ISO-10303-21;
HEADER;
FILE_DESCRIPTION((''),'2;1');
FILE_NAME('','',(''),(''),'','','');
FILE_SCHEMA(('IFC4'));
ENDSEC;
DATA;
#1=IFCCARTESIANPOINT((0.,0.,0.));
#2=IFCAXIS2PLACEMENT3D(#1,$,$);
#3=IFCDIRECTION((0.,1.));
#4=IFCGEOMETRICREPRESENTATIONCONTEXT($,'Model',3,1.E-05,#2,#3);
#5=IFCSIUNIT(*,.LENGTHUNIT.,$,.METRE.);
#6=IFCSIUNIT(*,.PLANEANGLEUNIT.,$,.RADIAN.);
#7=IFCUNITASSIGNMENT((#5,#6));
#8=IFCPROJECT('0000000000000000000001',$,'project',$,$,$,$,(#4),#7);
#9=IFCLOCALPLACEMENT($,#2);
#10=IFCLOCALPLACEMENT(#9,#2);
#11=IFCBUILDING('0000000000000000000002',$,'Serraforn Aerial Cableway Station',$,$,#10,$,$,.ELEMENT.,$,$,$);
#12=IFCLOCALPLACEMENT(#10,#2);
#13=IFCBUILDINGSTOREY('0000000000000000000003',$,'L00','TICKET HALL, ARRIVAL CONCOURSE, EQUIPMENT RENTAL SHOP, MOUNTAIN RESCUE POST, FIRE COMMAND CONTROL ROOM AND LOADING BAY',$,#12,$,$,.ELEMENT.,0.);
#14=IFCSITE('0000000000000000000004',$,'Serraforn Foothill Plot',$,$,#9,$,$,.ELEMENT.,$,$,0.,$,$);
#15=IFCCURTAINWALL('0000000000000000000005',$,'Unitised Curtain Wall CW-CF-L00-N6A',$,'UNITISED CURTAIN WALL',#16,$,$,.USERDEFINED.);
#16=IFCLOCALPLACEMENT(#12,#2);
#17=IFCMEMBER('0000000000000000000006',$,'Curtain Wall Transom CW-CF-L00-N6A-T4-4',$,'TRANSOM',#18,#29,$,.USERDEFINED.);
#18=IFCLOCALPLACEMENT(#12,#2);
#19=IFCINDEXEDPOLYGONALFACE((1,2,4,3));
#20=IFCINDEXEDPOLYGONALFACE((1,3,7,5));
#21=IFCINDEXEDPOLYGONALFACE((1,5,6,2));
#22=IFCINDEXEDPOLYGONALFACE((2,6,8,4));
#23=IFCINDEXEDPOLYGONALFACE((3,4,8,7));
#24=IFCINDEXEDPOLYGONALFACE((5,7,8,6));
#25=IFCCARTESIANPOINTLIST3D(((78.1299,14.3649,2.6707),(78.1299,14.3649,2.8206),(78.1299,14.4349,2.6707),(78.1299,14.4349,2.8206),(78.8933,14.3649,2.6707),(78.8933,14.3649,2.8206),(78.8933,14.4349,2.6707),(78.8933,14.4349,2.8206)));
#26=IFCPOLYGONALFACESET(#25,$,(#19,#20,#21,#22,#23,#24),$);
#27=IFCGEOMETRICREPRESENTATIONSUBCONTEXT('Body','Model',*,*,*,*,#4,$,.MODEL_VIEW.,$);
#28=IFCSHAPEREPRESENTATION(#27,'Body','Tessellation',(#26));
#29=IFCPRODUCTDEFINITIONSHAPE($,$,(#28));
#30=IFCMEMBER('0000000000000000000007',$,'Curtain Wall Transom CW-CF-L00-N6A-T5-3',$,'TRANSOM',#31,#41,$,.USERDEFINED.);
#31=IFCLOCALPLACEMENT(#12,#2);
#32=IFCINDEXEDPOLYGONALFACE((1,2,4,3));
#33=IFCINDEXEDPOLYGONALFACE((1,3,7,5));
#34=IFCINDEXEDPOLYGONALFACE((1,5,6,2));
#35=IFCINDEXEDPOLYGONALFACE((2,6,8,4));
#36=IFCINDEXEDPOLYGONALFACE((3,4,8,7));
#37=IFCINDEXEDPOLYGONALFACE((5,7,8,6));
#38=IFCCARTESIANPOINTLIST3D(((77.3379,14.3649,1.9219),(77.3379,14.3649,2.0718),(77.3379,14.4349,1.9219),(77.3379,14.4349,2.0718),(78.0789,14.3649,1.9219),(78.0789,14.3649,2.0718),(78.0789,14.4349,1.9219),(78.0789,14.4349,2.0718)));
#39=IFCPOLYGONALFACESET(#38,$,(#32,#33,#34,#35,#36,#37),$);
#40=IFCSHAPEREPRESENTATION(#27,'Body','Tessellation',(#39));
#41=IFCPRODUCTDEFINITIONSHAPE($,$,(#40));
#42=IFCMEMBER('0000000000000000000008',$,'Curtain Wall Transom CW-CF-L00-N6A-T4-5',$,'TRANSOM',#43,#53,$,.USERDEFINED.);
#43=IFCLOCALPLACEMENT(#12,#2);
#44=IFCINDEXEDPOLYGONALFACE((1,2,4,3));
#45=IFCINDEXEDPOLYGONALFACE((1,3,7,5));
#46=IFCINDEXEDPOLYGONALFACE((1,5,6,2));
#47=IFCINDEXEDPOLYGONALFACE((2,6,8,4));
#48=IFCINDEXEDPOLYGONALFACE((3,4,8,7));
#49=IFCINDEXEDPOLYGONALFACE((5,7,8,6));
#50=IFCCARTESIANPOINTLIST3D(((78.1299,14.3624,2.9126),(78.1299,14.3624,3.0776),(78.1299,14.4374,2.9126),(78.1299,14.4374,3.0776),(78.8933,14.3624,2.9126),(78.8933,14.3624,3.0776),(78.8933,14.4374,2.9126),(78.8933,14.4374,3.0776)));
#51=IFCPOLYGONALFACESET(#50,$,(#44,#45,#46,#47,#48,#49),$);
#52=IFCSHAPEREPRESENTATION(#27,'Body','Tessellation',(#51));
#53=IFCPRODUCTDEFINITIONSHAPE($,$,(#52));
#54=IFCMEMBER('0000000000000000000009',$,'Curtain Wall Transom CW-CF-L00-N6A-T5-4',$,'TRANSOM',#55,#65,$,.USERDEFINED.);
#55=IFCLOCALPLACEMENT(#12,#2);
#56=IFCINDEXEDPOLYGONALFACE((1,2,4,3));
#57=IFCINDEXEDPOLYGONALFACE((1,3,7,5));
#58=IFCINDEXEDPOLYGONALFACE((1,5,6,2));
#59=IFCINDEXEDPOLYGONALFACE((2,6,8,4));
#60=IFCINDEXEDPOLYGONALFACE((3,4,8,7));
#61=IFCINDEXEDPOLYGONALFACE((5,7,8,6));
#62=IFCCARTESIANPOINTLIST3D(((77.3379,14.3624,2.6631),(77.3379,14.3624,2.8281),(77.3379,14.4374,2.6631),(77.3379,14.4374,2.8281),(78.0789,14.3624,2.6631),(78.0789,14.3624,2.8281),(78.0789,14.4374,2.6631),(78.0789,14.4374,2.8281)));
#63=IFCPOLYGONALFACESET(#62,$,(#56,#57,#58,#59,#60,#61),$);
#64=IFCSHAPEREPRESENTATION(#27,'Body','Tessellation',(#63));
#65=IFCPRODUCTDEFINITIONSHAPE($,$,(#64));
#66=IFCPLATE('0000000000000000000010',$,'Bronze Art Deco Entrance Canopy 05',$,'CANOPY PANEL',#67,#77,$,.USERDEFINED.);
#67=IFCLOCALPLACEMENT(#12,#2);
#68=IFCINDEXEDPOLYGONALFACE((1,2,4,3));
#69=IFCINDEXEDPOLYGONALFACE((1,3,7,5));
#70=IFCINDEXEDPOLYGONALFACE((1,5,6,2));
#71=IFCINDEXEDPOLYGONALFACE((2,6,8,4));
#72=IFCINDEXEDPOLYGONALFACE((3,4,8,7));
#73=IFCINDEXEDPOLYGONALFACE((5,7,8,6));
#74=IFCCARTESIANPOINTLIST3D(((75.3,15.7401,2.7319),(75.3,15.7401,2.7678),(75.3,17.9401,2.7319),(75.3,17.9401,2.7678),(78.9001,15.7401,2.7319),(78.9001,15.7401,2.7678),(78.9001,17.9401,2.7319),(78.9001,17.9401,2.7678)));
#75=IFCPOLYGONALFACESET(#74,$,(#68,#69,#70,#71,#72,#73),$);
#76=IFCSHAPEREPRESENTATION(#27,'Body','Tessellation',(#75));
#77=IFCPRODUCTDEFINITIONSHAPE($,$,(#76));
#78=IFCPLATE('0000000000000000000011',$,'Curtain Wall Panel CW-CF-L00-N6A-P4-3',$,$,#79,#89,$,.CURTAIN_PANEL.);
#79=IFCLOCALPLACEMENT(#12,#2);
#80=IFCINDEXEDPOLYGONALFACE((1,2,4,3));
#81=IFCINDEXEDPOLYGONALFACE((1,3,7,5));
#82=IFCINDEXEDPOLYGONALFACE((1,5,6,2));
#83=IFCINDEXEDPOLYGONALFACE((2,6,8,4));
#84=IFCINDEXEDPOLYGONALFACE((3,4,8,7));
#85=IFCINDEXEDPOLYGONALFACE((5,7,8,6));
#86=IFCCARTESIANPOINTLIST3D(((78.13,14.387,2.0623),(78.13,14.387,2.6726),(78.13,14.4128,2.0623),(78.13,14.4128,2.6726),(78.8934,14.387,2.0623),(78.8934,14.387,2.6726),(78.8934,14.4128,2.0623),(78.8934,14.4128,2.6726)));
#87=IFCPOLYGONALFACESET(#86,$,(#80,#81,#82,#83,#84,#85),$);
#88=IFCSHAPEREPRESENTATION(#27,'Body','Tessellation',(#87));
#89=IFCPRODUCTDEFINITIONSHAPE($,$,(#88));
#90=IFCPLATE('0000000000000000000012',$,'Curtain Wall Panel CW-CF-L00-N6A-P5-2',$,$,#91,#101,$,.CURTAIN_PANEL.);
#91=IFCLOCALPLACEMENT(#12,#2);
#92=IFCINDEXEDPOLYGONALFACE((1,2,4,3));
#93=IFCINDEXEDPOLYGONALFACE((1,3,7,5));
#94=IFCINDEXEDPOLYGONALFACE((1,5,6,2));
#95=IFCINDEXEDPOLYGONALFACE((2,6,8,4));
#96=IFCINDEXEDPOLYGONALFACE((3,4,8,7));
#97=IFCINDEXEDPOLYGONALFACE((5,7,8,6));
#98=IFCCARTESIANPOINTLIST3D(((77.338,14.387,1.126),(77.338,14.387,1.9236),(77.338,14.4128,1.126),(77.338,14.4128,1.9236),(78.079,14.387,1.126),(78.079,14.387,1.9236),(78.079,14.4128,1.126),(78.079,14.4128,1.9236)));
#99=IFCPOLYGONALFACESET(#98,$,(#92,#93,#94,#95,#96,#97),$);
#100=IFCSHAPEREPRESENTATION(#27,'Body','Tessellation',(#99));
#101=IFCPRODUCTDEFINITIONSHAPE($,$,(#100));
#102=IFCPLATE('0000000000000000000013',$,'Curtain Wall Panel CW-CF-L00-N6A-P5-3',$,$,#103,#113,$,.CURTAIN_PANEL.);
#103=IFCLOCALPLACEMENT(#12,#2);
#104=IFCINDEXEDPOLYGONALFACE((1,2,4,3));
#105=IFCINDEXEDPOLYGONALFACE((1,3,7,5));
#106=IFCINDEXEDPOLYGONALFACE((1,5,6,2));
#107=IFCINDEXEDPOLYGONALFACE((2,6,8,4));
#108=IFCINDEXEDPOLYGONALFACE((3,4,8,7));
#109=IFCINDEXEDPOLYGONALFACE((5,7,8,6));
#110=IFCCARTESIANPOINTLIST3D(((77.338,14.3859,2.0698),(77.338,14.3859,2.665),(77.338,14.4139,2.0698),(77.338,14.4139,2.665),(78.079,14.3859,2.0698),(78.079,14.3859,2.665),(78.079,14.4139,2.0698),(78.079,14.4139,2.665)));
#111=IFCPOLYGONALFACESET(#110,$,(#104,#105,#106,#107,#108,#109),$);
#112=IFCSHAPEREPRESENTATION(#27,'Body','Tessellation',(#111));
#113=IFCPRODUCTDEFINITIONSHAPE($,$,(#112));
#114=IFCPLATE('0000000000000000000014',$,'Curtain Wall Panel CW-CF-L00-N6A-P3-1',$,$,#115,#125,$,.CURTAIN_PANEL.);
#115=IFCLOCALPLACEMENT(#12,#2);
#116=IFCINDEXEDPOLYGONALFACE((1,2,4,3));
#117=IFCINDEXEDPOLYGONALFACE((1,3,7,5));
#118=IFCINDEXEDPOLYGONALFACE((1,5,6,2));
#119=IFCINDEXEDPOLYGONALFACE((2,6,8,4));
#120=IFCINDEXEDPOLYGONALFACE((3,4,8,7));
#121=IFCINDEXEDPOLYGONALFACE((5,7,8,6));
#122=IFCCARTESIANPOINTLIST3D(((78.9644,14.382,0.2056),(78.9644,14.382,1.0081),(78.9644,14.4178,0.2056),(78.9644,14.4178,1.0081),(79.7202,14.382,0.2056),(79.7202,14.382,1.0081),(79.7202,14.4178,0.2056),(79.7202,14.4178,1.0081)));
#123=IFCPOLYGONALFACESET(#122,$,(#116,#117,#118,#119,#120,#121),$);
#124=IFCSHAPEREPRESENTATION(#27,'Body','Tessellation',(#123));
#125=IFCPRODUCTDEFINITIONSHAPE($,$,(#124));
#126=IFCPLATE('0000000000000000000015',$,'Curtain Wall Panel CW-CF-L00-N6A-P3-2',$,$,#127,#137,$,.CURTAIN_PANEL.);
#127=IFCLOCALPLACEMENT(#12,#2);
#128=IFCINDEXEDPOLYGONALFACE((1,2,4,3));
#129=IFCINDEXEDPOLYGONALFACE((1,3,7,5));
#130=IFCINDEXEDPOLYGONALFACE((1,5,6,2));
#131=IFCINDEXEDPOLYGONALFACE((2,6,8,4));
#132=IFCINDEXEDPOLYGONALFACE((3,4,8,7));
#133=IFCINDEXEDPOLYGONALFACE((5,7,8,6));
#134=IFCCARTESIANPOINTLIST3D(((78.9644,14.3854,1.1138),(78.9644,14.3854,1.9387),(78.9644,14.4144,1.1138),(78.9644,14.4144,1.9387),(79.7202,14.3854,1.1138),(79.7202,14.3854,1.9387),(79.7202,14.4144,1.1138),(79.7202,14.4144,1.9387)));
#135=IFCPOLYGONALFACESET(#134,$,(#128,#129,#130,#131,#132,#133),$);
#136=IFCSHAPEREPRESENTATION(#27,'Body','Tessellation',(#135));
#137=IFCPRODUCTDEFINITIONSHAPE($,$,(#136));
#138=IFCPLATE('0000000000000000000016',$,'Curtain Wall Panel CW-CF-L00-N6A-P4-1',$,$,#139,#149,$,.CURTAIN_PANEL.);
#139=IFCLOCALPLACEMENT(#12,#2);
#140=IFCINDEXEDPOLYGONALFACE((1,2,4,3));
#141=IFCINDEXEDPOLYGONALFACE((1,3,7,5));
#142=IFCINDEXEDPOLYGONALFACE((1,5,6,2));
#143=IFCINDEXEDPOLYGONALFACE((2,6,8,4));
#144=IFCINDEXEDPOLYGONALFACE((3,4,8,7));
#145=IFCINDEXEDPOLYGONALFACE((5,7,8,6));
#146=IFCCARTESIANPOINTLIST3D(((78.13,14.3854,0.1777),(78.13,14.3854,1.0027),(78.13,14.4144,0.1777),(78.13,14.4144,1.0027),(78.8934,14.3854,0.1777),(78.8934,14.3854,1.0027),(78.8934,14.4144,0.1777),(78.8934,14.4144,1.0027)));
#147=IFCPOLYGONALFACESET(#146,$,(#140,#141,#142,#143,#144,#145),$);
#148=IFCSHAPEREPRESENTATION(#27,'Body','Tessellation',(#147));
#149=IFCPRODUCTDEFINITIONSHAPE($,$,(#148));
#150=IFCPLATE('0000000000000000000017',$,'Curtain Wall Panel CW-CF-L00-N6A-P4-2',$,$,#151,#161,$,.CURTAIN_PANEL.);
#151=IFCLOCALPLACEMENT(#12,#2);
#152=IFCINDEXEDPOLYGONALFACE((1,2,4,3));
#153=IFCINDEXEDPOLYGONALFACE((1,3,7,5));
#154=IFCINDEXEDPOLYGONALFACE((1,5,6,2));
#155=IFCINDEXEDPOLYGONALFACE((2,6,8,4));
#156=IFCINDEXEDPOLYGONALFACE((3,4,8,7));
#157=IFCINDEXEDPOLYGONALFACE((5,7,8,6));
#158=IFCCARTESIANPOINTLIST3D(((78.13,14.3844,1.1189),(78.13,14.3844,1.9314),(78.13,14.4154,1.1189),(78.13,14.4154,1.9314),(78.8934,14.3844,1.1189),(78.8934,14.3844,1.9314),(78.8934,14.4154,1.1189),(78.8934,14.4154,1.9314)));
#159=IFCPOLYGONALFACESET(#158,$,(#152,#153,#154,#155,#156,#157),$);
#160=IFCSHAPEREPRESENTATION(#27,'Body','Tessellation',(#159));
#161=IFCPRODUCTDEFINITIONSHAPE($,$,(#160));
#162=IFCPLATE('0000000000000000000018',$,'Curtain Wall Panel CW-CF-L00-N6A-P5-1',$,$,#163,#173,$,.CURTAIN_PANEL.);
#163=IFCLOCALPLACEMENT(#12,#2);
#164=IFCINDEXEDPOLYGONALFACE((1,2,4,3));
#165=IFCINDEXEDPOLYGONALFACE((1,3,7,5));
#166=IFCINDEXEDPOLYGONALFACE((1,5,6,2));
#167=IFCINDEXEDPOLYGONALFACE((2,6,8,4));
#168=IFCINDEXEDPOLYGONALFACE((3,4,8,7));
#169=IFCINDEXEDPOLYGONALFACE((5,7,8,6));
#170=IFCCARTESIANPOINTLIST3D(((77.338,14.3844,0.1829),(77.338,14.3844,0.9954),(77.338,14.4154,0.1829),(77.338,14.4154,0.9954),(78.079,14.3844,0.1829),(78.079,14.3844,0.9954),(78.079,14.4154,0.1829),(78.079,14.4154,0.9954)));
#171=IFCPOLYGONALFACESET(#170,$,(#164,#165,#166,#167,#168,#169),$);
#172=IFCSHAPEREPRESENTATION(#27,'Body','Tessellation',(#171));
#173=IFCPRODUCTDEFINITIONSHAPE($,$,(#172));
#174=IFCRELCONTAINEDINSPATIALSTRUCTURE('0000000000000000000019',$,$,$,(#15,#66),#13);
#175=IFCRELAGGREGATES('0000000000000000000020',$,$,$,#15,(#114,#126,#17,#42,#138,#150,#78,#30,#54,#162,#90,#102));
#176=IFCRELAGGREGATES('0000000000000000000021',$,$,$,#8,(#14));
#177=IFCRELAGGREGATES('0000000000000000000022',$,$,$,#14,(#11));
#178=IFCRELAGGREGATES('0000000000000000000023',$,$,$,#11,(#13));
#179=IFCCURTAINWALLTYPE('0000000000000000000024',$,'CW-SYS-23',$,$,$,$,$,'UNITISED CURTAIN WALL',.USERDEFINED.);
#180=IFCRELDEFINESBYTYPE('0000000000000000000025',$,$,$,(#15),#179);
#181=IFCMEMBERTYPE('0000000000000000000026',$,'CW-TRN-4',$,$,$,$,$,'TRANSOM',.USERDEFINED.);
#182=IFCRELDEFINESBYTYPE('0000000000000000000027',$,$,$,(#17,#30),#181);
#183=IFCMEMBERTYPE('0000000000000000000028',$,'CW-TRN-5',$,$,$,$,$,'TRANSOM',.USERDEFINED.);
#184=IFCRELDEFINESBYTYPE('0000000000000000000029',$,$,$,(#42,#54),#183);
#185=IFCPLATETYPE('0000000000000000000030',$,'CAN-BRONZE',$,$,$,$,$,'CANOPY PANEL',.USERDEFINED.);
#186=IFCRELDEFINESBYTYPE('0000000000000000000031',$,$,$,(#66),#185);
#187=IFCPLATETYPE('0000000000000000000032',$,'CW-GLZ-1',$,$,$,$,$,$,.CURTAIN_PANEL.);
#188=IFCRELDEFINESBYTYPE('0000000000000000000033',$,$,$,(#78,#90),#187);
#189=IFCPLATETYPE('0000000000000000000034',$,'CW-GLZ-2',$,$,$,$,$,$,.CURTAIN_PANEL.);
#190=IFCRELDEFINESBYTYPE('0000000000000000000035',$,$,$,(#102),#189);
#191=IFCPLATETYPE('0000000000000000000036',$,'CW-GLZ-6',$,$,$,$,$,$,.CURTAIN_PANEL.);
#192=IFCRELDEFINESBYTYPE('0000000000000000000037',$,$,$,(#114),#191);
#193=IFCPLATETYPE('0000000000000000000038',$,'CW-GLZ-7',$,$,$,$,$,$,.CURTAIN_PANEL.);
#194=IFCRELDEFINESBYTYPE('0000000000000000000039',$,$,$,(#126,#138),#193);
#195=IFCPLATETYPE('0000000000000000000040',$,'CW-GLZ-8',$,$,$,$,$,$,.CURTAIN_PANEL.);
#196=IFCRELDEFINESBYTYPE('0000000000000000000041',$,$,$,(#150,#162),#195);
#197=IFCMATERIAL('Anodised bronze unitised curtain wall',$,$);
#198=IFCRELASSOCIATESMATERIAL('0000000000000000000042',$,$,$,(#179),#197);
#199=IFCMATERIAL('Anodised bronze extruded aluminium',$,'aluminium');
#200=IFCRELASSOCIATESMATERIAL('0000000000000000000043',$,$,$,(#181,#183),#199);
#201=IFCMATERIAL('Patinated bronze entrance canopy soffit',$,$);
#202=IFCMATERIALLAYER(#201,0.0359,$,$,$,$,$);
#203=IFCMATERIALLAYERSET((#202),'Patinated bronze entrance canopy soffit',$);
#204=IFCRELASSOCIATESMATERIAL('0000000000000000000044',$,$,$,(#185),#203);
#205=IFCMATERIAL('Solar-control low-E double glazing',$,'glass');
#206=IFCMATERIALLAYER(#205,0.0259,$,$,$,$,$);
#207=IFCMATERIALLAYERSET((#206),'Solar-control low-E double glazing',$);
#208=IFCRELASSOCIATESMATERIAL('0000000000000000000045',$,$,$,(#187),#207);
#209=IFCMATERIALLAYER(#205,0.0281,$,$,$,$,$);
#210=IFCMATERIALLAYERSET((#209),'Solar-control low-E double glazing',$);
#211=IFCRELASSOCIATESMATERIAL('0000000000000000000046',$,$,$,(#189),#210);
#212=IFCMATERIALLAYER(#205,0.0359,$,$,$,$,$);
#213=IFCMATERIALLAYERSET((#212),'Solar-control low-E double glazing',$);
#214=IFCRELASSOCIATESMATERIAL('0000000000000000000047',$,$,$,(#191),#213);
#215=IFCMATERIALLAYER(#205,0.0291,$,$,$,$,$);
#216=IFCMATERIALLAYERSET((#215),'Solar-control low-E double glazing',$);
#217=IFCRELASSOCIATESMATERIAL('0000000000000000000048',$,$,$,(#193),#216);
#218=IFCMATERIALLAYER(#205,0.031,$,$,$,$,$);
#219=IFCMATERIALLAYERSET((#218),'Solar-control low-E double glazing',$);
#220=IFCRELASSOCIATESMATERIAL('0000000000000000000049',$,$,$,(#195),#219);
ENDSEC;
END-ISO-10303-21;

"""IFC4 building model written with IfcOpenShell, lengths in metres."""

from ifc_helpers import new_model, si_unit, direction, frame, origin, origin_2d, place, context, subcontext, project, spatial, rectangle, extrude, material, layer, layer_set, material_profile, profile_set, type_object, element, aggregate, save


model = new_model("IFC4")

# Units and contexts
model_context = context("Model", 3, precision=1e-05, world=origin(), true_north=direction((0.0, 1.0)))
body_context = subcontext(model_context, "Body", "Model", "MODEL_VIEW")
ifc_project = project(units=[si_unit("LENGTHUNIT", "METRE"), si_unit("PLANEANGLEUNIT", "RADIAN")], contexts=[model_context])

# Site, building, storey
site_placement = place(None, origin())
site = spatial("IfcSite", under=ifc_project, at=site_placement, Name="Serraforn Foothill Plot", CompositionType="ELEMENT", RefElevation=0.0)
building_placement = place(site_placement, origin())
building = spatial("IfcBuilding", under=site, at=building_placement, Name="Serraforn Aerial Cableway Station", CompositionType="ELEMENT")
storey_placement = place(building_placement, origin())
storey = spatial("IfcBuildingStorey", under=building, at=storey_placement, Name="L00", Description="TICKET HALL, ARRIVAL CONCOURSE, EQUIPMENT RENTAL SHOP, MOUNTAIN RESCUE POST, FIRE COMMAND CONTROL ROOM AND LOADING BAY", CompositionType="ELEMENT", Elevation=0.0)

# Curtain wall
ifc_material_1 = material(Name="Anodised bronze unitised curtain wall")
curtain_wall_type_1 = type_object("IfcCurtainWallType", Name="CW-SYS-23", ElementType="UNITISED CURTAIN WALL", PredefinedType="USERDEFINED", material=ifc_material_1)
curtain_wall_1_placement = place(storey_placement, origin())
curtain_wall_1 = element("IfcCurtainWall", 1, at=curtain_wall_1_placement, inside=storey, type_object=curtain_wall_type_1, Name="Unitised Curtain Wall CW-CF-L00-N6A", ObjectType="UNITISED CURTAIN WALL", PredefinedType="USERDEFINED")
ifc_material_2 = material(Name="Anodised bronze extruded aluminium", Category="aluminium")

# Members
ifc_material_profile_1 = material_profile(ifc_material_2, rectangle(XDim=0.0701, YDim=0.1499, at=origin_2d()), Name="CW TRANSOM 70x150")
ifc_profile_set_1 = profile_set([ifc_material_profile_1], Name="Anodised bronze extruded aluminium")
member_type_1 = type_object("IfcMemberType", Name="CW-TRN-4", ElementType="TRANSOM", PredefinedType="USERDEFINED", material=ifc_profile_set_1)
member_1_placement = place(storey_placement, frame((78.8933, 14.3999, 2.7456), z_axis=(-1.0, 0.0, 0.0), x_axis=(0.0, -1.0, 0.0)))
member_1 = element("IfcMember", 2, at=member_1_placement, type_object=member_type_1, Name="Curtain Wall Transom CW-CF-L00-N6A-T4-4", ObjectType="TRANSOM", PredefinedType="USERDEFINED", context=body_context, shape_type="SweptSolid", body=[
    extrude(rectangle(XDim=0.0701, YDim=0.1499, at=origin_2d()), origin(), (0.0, 0.0, 1.0), 0.7634),
])
member_2_placement = place(storey_placement, frame((78.0789, 14.3999, 1.9968), z_axis=(-1.0, 0.0, 0.0), x_axis=(0.0, -1.0, 0.0)))
member_2 = element("IfcMember", 3, at=member_2_placement, type_object=member_type_1, Name="Curtain Wall Transom CW-CF-L00-N6A-T5-3", ObjectType="TRANSOM", PredefinedType="USERDEFINED", context=body_context, shape_type="SweptSolid", body=[
    extrude(rectangle(XDim=0.0701, YDim=0.1499, at=origin_2d()), origin(), (0.0, 0.0, 1.0), 0.741),
])
ifc_material_profile_2 = material_profile(ifc_material_2, rectangle(XDim=0.075, YDim=0.165, at=origin_2d()), Name="CW TRANSOM 75x165")
ifc_profile_set_2 = profile_set([ifc_material_profile_2], Name="Anodised bronze extruded aluminium")
member_type_2 = type_object("IfcMemberType", Name="CW-TRN-5", ElementType="TRANSOM", PredefinedType="USERDEFINED", material=ifc_profile_set_2)
member_3_placement = place(storey_placement, frame((78.8933, 14.3999, 2.9951), z_axis=(-1.0, 0.0, 0.0), x_axis=(0.0, -1.0, 0.0)))
member_3 = element("IfcMember", 4, at=member_3_placement, type_object=member_type_2, Name="Curtain Wall Transom CW-CF-L00-N6A-T4-5", ObjectType="TRANSOM", PredefinedType="USERDEFINED", context=body_context, shape_type="SweptSolid", body=[
    extrude(rectangle(XDim=0.075, YDim=0.165, at=origin_2d()), origin(), (0.0, 0.0, 1.0), 0.7634),
])
member_4_placement = place(storey_placement, frame((78.0789, 14.3999, 2.7456), z_axis=(-1.0, 0.0, 0.0), x_axis=(0.0, -1.0, 0.0)))
member_4 = element("IfcMember", 5, at=member_4_placement, type_object=member_type_2, Name="Curtain Wall Transom CW-CF-L00-N6A-T5-4", ObjectType="TRANSOM", PredefinedType="USERDEFINED", context=body_context, shape_type="SweptSolid", body=[
    extrude(rectangle(XDim=0.075, YDim=0.165, at=origin_2d()), origin(), (0.0, 0.0, 1.0), 0.741),
])

# Plates
ifc_material_3 = material(Name="Patinated bronze entrance canopy soffit")
ifc_layer_1 = layer(ifc_material_3, 0.0359)
ifc_layer_set_1 = layer_set([ifc_layer_1], Name="Patinated bronze entrance canopy soffit")
plate_type_1 = type_object("IfcPlateType", Name="CAN-BRONZE", ElementType="CANOPY PANEL", PredefinedType="USERDEFINED", material=ifc_layer_set_1)
plate_1_placement = place(storey_placement, frame((77.1001, 16.8401, 2.7319), z_axis=(0.0, 0.0, 1.0), x_axis=(1.0, 0.0, 0.0)))
element("IfcPlate", 6, at=plate_1_placement, inside=storey, type_object=plate_type_1, Name="Bronze Art Deco Entrance Canopy 05", ObjectType="CANOPY PANEL", PredefinedType="USERDEFINED", context=body_context, shape_type="SweptSolid", body=[
    extrude(rectangle(XDim=3.6001, YDim=2.2, at=origin_2d()), origin(), (0.0, 0.0, 1.0), 0.0359),
])
ifc_material_4 = material(Name="Solar-control low-E double glazing", Category="glass")
ifc_layer_2 = layer(ifc_material_4, 0.0259)
ifc_layer_set_2 = layer_set([ifc_layer_2], Name="Solar-control low-E double glazing")
plate_type_2 = type_object("IfcPlateType", Name="CW-GLZ-1", PredefinedType="CURTAIN_PANEL", material=ifc_layer_set_2)
plate_2_placement = place(storey_placement, frame((78.5117, 14.3999, 2.0623), z_axis=(0.0, 0.0, 1.0), x_axis=(1.0, 0.0, 0.0)))
plate_2 = element("IfcPlate", 7, at=plate_2_placement, type_object=plate_type_2, Name="Curtain Wall Panel CW-CF-L00-N6A-P4-3", PredefinedType="CURTAIN_PANEL", context=body_context, shape_type="SweptSolid", body=[
    extrude(rectangle(XDim=0.7634, YDim=0.0259, at=origin_2d()), origin(), (0.0, 0.0, 1.0), 0.6104),
])
plate_3_placement = place(storey_placement, frame((77.7085, 14.3999, 1.126), z_axis=(0.0, 0.0, 1.0), x_axis=(1.0, 0.0, 0.0)))
plate_3 = element("IfcPlate", 8, at=plate_3_placement, type_object=plate_type_2, Name="Curtain Wall Panel CW-CF-L00-N6A-P5-2", PredefinedType="CURTAIN_PANEL", context=body_context, shape_type="SweptSolid", body=[
    extrude(rectangle(XDim=0.741, YDim=0.0259, at=origin_2d()), origin(), (0.0, 0.0, 1.0), 0.7976),
])
ifc_layer_3 = layer(ifc_material_4, 0.0281)
ifc_layer_set_3 = layer_set([ifc_layer_3], Name="Solar-control low-E double glazing")
plate_type_3 = type_object("IfcPlateType", Name="CW-GLZ-2", PredefinedType="CURTAIN_PANEL", material=ifc_layer_set_3)
plate_4_placement = place(storey_placement, frame((77.7085, 14.3999, 2.0698), z_axis=(0.0, 0.0, 1.0), x_axis=(1.0, 0.0, 0.0)))
plate_4 = element("IfcPlate", 9, at=plate_4_placement, type_object=plate_type_3, Name="Curtain Wall Panel CW-CF-L00-N6A-P5-3", PredefinedType="CURTAIN_PANEL", context=body_context, shape_type="SweptSolid", body=[
    extrude(rectangle(XDim=0.741, YDim=0.0281, at=origin_2d()), origin(), (0.0, 0.0, 1.0), 0.5952),
])
ifc_layer_4 = layer(ifc_material_4, 0.0359)
ifc_layer_set_4 = layer_set([ifc_layer_4], Name="Solar-control low-E double glazing")
plate_type_4 = type_object("IfcPlateType", Name="CW-GLZ-6", PredefinedType="CURTAIN_PANEL", material=ifc_layer_set_4)
plate_5_placement = place(storey_placement, frame((79.3423, 14.3999, 0.2056), z_axis=(0.0, 0.0, 1.0), x_axis=(1.0, 0.0, 0.0)))
plate_5 = element("IfcPlate", 10, at=plate_5_placement, type_object=plate_type_4, Name="Curtain Wall Panel CW-CF-L00-N6A-P3-1", PredefinedType="CURTAIN_PANEL", context=body_context, shape_type="SweptSolid", body=[
    extrude(rectangle(XDim=0.7559, YDim=0.0359, at=origin_2d()), origin(), (0.0, 0.0, 1.0), 0.8025),
])
ifc_layer_5 = layer(ifc_material_4, 0.0291)
ifc_layer_set_5 = layer_set([ifc_layer_5], Name="Solar-control low-E double glazing")
plate_type_5 = type_object("IfcPlateType", Name="CW-GLZ-7", PredefinedType="CURTAIN_PANEL", material=ifc_layer_set_5)
plate_6_placement = place(storey_placement, frame((79.3423, 14.3999, 1.1138), z_axis=(0.0, 0.0, 1.0), x_axis=(1.0, 0.0, 0.0)))
plate_6 = element("IfcPlate", 11, at=plate_6_placement, type_object=plate_type_5, Name="Curtain Wall Panel CW-CF-L00-N6A-P3-2", PredefinedType="CURTAIN_PANEL", context=body_context, shape_type="SweptSolid", body=[
    extrude(rectangle(XDim=0.7559, YDim=0.0291, at=origin_2d()), origin(), (0.0, 0.0, 1.0), 0.825),
])
plate_7_placement = place(storey_placement, frame((78.5117, 14.3999, 0.1777), z_axis=(0.0, 0.0, 1.0), x_axis=(1.0, 0.0, 0.0)))
plate_7 = element("IfcPlate", 12, at=plate_7_placement, type_object=plate_type_5, Name="Curtain Wall Panel CW-CF-L00-N6A-P4-1", PredefinedType="CURTAIN_PANEL", context=body_context, shape_type="SweptSolid", body=[
    extrude(rectangle(XDim=0.7634, YDim=0.0291, at=origin_2d()), origin(), (0.0, 0.0, 1.0), 0.825),
])
ifc_layer_6 = layer(ifc_material_4, 0.031)
ifc_layer_set_6 = layer_set([ifc_layer_6], Name="Solar-control low-E double glazing")
plate_type_6 = type_object("IfcPlateType", Name="CW-GLZ-8", PredefinedType="CURTAIN_PANEL", material=ifc_layer_set_6)
plate_8_placement = place(storey_placement, frame((78.5117, 14.3999, 1.1189), z_axis=(0.0, 0.0, 1.0), x_axis=(1.0, 0.0, 0.0)))
plate_8 = element("IfcPlate", 13, at=plate_8_placement, type_object=plate_type_6, Name="Curtain Wall Panel CW-CF-L00-N6A-P4-2", PredefinedType="CURTAIN_PANEL", context=body_context, shape_type="SweptSolid", body=[
    extrude(rectangle(XDim=0.7634, YDim=0.031, at=origin_2d()), origin(), (0.0, 0.0, 1.0), 0.8125),
])
plate_9_placement = place(storey_placement, frame((77.7085, 14.3999, 0.1829), z_axis=(0.0, 0.0, 1.0), x_axis=(1.0, 0.0, 0.0)))
plate_9 = element("IfcPlate", 14, at=plate_9_placement, type_object=plate_type_6, Name="Curtain Wall Panel CW-CF-L00-N6A-P5-1", PredefinedType="CURTAIN_PANEL", context=body_context, shape_type="SweptSolid", body=[
    extrude(rectangle(XDim=0.741, YDim=0.031, at=origin_2d()), origin(), (0.0, 0.0, 1.0), 0.8125),
])
aggregate(curtain_wall_1, [plate_5, plate_6, member_1, member_3, plate_7, plate_8, plate_2, member_2, member_4, plate_9, plate_3, plate_4])

save(model, "model.ifc")
